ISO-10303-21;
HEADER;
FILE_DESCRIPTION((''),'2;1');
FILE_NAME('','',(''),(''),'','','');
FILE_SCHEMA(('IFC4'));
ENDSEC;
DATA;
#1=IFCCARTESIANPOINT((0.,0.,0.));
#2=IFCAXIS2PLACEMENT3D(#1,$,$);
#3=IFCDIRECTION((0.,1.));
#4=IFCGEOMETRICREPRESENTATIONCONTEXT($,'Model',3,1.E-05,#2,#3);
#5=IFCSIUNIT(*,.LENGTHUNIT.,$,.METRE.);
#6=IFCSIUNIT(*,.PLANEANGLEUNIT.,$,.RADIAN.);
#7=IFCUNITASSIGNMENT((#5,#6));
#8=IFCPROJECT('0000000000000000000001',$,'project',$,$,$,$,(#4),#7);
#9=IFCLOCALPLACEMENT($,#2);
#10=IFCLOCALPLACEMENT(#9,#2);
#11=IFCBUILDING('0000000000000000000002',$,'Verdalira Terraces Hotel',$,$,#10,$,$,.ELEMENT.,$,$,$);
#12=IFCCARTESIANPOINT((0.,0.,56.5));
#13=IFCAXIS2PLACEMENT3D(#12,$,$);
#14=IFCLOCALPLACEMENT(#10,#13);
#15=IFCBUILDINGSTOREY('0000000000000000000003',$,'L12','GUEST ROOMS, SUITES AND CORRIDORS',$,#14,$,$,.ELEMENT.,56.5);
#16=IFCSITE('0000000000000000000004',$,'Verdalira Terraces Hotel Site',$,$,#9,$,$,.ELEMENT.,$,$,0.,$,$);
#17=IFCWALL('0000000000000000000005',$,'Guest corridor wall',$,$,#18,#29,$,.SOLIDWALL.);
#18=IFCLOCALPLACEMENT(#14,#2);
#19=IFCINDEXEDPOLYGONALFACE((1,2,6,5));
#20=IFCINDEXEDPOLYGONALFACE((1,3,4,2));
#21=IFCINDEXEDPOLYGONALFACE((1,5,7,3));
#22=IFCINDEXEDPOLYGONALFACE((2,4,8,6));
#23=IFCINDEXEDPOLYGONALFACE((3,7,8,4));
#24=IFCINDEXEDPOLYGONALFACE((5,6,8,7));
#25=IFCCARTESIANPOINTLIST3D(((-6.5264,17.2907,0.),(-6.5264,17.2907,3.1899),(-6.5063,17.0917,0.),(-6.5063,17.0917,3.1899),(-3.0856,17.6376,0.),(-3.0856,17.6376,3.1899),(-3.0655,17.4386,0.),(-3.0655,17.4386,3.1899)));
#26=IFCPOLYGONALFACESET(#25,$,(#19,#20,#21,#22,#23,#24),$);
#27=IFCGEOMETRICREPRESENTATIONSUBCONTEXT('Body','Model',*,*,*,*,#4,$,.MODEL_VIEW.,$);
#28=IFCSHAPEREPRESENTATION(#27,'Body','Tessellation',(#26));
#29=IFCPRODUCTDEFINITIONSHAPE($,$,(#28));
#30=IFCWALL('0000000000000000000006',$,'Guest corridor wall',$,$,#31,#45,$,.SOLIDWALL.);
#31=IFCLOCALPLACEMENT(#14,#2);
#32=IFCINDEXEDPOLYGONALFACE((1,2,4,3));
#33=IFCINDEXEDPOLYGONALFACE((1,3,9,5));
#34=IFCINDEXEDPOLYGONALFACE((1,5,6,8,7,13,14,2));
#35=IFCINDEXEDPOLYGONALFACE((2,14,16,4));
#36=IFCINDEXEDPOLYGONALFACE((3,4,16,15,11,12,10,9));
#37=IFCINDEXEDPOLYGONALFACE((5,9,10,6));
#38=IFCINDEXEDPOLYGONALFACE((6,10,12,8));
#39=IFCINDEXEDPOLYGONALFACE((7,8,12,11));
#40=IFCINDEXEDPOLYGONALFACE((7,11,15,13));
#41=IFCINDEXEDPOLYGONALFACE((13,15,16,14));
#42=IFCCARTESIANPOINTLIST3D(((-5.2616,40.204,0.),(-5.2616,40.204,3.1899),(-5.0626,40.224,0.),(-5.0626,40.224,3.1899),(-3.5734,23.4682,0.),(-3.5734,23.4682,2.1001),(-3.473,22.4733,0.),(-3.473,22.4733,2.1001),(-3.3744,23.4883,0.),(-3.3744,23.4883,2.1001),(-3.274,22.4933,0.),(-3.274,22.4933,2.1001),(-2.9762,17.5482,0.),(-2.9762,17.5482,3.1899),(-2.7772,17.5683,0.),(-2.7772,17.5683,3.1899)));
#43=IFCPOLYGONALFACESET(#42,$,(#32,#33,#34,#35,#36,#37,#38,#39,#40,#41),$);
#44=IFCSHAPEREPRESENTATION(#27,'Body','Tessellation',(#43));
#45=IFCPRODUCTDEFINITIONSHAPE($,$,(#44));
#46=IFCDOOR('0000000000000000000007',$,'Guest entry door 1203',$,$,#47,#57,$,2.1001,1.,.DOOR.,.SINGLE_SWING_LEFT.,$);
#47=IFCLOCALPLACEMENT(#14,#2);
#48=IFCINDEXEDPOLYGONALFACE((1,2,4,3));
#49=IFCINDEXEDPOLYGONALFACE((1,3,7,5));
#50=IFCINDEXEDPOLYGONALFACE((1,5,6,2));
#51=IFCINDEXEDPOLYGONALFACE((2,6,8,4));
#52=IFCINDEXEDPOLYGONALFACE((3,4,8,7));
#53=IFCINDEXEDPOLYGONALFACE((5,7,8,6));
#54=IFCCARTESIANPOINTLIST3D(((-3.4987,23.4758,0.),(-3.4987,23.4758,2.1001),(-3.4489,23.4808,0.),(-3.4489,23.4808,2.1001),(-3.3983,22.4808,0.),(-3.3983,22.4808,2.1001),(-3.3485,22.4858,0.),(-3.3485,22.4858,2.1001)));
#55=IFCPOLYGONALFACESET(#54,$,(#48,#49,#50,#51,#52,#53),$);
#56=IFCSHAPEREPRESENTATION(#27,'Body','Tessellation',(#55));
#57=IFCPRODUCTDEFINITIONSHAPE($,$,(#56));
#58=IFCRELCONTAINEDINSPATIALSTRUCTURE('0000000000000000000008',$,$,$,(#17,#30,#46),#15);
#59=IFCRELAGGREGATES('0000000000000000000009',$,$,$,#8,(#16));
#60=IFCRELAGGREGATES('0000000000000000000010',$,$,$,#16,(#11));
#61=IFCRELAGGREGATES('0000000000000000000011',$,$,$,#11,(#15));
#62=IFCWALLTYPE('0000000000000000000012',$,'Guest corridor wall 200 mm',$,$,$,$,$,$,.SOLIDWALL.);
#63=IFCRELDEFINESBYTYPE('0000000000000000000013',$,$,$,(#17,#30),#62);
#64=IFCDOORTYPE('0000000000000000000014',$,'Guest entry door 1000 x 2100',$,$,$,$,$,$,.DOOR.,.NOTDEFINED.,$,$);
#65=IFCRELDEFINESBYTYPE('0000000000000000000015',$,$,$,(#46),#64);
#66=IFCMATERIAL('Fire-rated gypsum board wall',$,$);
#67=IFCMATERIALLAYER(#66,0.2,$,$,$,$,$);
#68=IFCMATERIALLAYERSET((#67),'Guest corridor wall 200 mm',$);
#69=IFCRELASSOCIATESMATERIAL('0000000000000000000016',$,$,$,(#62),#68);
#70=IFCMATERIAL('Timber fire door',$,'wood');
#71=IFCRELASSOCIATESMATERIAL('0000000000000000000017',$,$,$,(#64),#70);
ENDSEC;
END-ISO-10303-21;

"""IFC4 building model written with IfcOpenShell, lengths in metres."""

from ifc_helpers import new_model, si_unit, direction, frame, frame_2d, origin, place, context, subcontext, project, spatial, rectangle, extrude, material, layer, layer_set, type_object, element, fill, save


model = new_model("IFC4")

# Units and contexts
model_context = context("Model", 3, precision=1e-05, world=origin(), true_north=direction((0.0, 1.0)))
body_context = subcontext(model_context, "Body", "Model", "MODEL_VIEW")
ifc_project = project(units=[si_unit("LENGTHUNIT", "METRE"), si_unit("PLANEANGLEUNIT", "RADIAN")], contexts=[model_context])

# Site, building, storey
site_placement = place(None, origin())
site = spatial("IfcSite", under=ifc_project, at=site_placement, Name="Verdalira Terraces Hotel Site", CompositionType="ELEMENT", RefElevation=0.0)
building_placement = place(site_placement, origin())
building = spatial("IfcBuilding", under=site, at=building_placement, Name="Verdalira Terraces Hotel", CompositionType="ELEMENT")
storey_placement = place(building_placement, frame((0.0, 0.0, 56.5)))
storey = spatial("IfcBuildingStorey", under=building, at=storey_placement, Name="L12", Description="GUEST ROOMS, SUITES AND CORRIDORS", CompositionType="ELEMENT", Elevation=56.5)

# Wall
ifc_material_1 = material(Name="Fire-rated gypsum board wall")
ifc_layer_1 = layer(ifc_material_1, 0.2)
ifc_layer_set_1 = layer_set([ifc_layer_1], Name="Guest corridor wall 200 mm")
wall_type_1 = type_object("IfcWallType", Name="Guest corridor wall 200 mm", PredefinedType="SOLIDWALL", material=ifc_layer_set_1)
wall_1_placement = place(storey_placement, frame((-3.0757, 17.5381, 0.0), z_axis=(0.0, 0.0, 1.0), x_axis=(-0.994956, -0.100314, 0.0)))
element("IfcWall", 1, at=wall_1_placement, inside=storey, type_object=wall_type_1, Name="Guest corridor wall", PredefinedType="SOLIDWALL", context=body_context, shape_type="SweptSolid", body=[
    extrude(rectangle(XDim=3.4583, YDim=0.2, at=frame_2d((1.729, 0.0))), origin(), (0.0, 0.0, 1.0), 3.1899),
])

# Wall, opening, door
wall_2_placement = place(storey_placement, frame((-2.8767, 17.5584, 0.0), z_axis=(0.0, 0.0, 1.0), x_axis=(-0.100366, 0.994951, 0.0)))
wall_2 = element("IfcWall", 2, at=wall_2_placement, inside=storey, type_object=wall_type_1, Name="Guest corridor wall", PredefinedType="SOLIDWALL", context=body_context, shape_type="SweptSolid", body=[
    extrude(rectangle(XDim=22.7708, YDim=0.2, at=frame_2d((11.3853, 0.0))), origin(), (0.0, 0.0, 1.0), 3.1899),
])
opening_1_placement = place(wall_2_placement, frame((4.95, 0.0, 0.0)))
opening_1 = element("IfcOpeningElement", 3, at=opening_1_placement, cuts=wall_2, PredefinedType="OPENING", context=body_context, shape_type="SweptSolid", body=[
    extrude(rectangle(XDim=1.0, YDim=2.1001, at=frame_2d((0.5, 1.05))), frame((0.0, 0.1099, 0.0), z_axis=(0.0, -1.0, 0.0), x_axis=(1.0, 0.0, 0.0)), (0.0, 0.0, 1.0), 0.22),
])
ifc_material_2 = material(Name="Timber fire door", Category="wood")
door_type_1 = type_object("IfcDoorType", Name="Guest entry door 1000 x 2100", OperationType="NOTDEFINED", PredefinedType="DOOR", material=ifc_material_2)
door_1_placement = place(opening_1_placement, origin())
door_1 = element("IfcDoor", 4, at=door_1_placement, inside=storey, type_object=door_type_1, Name="Guest entry door 1203", OperationType="SINGLE_SWING_LEFT", OverallHeight=2.1001, OverallWidth=1.0, PredefinedType="DOOR", context=body_context, shape_type="SweptSolid", body=[
    extrude(rectangle(XDim=1.0, YDim=2.1001, at=frame_2d((0.5, 1.05))), frame((0.0, 0.0249, 0.0), z_axis=(0.0, -1.0, 0.0), x_axis=(1.0, 0.0, 0.0)), (0.0, 0.0, 1.0), 0.05),
])
fill(opening_1, door_1)

save(model, "model.ifc")
